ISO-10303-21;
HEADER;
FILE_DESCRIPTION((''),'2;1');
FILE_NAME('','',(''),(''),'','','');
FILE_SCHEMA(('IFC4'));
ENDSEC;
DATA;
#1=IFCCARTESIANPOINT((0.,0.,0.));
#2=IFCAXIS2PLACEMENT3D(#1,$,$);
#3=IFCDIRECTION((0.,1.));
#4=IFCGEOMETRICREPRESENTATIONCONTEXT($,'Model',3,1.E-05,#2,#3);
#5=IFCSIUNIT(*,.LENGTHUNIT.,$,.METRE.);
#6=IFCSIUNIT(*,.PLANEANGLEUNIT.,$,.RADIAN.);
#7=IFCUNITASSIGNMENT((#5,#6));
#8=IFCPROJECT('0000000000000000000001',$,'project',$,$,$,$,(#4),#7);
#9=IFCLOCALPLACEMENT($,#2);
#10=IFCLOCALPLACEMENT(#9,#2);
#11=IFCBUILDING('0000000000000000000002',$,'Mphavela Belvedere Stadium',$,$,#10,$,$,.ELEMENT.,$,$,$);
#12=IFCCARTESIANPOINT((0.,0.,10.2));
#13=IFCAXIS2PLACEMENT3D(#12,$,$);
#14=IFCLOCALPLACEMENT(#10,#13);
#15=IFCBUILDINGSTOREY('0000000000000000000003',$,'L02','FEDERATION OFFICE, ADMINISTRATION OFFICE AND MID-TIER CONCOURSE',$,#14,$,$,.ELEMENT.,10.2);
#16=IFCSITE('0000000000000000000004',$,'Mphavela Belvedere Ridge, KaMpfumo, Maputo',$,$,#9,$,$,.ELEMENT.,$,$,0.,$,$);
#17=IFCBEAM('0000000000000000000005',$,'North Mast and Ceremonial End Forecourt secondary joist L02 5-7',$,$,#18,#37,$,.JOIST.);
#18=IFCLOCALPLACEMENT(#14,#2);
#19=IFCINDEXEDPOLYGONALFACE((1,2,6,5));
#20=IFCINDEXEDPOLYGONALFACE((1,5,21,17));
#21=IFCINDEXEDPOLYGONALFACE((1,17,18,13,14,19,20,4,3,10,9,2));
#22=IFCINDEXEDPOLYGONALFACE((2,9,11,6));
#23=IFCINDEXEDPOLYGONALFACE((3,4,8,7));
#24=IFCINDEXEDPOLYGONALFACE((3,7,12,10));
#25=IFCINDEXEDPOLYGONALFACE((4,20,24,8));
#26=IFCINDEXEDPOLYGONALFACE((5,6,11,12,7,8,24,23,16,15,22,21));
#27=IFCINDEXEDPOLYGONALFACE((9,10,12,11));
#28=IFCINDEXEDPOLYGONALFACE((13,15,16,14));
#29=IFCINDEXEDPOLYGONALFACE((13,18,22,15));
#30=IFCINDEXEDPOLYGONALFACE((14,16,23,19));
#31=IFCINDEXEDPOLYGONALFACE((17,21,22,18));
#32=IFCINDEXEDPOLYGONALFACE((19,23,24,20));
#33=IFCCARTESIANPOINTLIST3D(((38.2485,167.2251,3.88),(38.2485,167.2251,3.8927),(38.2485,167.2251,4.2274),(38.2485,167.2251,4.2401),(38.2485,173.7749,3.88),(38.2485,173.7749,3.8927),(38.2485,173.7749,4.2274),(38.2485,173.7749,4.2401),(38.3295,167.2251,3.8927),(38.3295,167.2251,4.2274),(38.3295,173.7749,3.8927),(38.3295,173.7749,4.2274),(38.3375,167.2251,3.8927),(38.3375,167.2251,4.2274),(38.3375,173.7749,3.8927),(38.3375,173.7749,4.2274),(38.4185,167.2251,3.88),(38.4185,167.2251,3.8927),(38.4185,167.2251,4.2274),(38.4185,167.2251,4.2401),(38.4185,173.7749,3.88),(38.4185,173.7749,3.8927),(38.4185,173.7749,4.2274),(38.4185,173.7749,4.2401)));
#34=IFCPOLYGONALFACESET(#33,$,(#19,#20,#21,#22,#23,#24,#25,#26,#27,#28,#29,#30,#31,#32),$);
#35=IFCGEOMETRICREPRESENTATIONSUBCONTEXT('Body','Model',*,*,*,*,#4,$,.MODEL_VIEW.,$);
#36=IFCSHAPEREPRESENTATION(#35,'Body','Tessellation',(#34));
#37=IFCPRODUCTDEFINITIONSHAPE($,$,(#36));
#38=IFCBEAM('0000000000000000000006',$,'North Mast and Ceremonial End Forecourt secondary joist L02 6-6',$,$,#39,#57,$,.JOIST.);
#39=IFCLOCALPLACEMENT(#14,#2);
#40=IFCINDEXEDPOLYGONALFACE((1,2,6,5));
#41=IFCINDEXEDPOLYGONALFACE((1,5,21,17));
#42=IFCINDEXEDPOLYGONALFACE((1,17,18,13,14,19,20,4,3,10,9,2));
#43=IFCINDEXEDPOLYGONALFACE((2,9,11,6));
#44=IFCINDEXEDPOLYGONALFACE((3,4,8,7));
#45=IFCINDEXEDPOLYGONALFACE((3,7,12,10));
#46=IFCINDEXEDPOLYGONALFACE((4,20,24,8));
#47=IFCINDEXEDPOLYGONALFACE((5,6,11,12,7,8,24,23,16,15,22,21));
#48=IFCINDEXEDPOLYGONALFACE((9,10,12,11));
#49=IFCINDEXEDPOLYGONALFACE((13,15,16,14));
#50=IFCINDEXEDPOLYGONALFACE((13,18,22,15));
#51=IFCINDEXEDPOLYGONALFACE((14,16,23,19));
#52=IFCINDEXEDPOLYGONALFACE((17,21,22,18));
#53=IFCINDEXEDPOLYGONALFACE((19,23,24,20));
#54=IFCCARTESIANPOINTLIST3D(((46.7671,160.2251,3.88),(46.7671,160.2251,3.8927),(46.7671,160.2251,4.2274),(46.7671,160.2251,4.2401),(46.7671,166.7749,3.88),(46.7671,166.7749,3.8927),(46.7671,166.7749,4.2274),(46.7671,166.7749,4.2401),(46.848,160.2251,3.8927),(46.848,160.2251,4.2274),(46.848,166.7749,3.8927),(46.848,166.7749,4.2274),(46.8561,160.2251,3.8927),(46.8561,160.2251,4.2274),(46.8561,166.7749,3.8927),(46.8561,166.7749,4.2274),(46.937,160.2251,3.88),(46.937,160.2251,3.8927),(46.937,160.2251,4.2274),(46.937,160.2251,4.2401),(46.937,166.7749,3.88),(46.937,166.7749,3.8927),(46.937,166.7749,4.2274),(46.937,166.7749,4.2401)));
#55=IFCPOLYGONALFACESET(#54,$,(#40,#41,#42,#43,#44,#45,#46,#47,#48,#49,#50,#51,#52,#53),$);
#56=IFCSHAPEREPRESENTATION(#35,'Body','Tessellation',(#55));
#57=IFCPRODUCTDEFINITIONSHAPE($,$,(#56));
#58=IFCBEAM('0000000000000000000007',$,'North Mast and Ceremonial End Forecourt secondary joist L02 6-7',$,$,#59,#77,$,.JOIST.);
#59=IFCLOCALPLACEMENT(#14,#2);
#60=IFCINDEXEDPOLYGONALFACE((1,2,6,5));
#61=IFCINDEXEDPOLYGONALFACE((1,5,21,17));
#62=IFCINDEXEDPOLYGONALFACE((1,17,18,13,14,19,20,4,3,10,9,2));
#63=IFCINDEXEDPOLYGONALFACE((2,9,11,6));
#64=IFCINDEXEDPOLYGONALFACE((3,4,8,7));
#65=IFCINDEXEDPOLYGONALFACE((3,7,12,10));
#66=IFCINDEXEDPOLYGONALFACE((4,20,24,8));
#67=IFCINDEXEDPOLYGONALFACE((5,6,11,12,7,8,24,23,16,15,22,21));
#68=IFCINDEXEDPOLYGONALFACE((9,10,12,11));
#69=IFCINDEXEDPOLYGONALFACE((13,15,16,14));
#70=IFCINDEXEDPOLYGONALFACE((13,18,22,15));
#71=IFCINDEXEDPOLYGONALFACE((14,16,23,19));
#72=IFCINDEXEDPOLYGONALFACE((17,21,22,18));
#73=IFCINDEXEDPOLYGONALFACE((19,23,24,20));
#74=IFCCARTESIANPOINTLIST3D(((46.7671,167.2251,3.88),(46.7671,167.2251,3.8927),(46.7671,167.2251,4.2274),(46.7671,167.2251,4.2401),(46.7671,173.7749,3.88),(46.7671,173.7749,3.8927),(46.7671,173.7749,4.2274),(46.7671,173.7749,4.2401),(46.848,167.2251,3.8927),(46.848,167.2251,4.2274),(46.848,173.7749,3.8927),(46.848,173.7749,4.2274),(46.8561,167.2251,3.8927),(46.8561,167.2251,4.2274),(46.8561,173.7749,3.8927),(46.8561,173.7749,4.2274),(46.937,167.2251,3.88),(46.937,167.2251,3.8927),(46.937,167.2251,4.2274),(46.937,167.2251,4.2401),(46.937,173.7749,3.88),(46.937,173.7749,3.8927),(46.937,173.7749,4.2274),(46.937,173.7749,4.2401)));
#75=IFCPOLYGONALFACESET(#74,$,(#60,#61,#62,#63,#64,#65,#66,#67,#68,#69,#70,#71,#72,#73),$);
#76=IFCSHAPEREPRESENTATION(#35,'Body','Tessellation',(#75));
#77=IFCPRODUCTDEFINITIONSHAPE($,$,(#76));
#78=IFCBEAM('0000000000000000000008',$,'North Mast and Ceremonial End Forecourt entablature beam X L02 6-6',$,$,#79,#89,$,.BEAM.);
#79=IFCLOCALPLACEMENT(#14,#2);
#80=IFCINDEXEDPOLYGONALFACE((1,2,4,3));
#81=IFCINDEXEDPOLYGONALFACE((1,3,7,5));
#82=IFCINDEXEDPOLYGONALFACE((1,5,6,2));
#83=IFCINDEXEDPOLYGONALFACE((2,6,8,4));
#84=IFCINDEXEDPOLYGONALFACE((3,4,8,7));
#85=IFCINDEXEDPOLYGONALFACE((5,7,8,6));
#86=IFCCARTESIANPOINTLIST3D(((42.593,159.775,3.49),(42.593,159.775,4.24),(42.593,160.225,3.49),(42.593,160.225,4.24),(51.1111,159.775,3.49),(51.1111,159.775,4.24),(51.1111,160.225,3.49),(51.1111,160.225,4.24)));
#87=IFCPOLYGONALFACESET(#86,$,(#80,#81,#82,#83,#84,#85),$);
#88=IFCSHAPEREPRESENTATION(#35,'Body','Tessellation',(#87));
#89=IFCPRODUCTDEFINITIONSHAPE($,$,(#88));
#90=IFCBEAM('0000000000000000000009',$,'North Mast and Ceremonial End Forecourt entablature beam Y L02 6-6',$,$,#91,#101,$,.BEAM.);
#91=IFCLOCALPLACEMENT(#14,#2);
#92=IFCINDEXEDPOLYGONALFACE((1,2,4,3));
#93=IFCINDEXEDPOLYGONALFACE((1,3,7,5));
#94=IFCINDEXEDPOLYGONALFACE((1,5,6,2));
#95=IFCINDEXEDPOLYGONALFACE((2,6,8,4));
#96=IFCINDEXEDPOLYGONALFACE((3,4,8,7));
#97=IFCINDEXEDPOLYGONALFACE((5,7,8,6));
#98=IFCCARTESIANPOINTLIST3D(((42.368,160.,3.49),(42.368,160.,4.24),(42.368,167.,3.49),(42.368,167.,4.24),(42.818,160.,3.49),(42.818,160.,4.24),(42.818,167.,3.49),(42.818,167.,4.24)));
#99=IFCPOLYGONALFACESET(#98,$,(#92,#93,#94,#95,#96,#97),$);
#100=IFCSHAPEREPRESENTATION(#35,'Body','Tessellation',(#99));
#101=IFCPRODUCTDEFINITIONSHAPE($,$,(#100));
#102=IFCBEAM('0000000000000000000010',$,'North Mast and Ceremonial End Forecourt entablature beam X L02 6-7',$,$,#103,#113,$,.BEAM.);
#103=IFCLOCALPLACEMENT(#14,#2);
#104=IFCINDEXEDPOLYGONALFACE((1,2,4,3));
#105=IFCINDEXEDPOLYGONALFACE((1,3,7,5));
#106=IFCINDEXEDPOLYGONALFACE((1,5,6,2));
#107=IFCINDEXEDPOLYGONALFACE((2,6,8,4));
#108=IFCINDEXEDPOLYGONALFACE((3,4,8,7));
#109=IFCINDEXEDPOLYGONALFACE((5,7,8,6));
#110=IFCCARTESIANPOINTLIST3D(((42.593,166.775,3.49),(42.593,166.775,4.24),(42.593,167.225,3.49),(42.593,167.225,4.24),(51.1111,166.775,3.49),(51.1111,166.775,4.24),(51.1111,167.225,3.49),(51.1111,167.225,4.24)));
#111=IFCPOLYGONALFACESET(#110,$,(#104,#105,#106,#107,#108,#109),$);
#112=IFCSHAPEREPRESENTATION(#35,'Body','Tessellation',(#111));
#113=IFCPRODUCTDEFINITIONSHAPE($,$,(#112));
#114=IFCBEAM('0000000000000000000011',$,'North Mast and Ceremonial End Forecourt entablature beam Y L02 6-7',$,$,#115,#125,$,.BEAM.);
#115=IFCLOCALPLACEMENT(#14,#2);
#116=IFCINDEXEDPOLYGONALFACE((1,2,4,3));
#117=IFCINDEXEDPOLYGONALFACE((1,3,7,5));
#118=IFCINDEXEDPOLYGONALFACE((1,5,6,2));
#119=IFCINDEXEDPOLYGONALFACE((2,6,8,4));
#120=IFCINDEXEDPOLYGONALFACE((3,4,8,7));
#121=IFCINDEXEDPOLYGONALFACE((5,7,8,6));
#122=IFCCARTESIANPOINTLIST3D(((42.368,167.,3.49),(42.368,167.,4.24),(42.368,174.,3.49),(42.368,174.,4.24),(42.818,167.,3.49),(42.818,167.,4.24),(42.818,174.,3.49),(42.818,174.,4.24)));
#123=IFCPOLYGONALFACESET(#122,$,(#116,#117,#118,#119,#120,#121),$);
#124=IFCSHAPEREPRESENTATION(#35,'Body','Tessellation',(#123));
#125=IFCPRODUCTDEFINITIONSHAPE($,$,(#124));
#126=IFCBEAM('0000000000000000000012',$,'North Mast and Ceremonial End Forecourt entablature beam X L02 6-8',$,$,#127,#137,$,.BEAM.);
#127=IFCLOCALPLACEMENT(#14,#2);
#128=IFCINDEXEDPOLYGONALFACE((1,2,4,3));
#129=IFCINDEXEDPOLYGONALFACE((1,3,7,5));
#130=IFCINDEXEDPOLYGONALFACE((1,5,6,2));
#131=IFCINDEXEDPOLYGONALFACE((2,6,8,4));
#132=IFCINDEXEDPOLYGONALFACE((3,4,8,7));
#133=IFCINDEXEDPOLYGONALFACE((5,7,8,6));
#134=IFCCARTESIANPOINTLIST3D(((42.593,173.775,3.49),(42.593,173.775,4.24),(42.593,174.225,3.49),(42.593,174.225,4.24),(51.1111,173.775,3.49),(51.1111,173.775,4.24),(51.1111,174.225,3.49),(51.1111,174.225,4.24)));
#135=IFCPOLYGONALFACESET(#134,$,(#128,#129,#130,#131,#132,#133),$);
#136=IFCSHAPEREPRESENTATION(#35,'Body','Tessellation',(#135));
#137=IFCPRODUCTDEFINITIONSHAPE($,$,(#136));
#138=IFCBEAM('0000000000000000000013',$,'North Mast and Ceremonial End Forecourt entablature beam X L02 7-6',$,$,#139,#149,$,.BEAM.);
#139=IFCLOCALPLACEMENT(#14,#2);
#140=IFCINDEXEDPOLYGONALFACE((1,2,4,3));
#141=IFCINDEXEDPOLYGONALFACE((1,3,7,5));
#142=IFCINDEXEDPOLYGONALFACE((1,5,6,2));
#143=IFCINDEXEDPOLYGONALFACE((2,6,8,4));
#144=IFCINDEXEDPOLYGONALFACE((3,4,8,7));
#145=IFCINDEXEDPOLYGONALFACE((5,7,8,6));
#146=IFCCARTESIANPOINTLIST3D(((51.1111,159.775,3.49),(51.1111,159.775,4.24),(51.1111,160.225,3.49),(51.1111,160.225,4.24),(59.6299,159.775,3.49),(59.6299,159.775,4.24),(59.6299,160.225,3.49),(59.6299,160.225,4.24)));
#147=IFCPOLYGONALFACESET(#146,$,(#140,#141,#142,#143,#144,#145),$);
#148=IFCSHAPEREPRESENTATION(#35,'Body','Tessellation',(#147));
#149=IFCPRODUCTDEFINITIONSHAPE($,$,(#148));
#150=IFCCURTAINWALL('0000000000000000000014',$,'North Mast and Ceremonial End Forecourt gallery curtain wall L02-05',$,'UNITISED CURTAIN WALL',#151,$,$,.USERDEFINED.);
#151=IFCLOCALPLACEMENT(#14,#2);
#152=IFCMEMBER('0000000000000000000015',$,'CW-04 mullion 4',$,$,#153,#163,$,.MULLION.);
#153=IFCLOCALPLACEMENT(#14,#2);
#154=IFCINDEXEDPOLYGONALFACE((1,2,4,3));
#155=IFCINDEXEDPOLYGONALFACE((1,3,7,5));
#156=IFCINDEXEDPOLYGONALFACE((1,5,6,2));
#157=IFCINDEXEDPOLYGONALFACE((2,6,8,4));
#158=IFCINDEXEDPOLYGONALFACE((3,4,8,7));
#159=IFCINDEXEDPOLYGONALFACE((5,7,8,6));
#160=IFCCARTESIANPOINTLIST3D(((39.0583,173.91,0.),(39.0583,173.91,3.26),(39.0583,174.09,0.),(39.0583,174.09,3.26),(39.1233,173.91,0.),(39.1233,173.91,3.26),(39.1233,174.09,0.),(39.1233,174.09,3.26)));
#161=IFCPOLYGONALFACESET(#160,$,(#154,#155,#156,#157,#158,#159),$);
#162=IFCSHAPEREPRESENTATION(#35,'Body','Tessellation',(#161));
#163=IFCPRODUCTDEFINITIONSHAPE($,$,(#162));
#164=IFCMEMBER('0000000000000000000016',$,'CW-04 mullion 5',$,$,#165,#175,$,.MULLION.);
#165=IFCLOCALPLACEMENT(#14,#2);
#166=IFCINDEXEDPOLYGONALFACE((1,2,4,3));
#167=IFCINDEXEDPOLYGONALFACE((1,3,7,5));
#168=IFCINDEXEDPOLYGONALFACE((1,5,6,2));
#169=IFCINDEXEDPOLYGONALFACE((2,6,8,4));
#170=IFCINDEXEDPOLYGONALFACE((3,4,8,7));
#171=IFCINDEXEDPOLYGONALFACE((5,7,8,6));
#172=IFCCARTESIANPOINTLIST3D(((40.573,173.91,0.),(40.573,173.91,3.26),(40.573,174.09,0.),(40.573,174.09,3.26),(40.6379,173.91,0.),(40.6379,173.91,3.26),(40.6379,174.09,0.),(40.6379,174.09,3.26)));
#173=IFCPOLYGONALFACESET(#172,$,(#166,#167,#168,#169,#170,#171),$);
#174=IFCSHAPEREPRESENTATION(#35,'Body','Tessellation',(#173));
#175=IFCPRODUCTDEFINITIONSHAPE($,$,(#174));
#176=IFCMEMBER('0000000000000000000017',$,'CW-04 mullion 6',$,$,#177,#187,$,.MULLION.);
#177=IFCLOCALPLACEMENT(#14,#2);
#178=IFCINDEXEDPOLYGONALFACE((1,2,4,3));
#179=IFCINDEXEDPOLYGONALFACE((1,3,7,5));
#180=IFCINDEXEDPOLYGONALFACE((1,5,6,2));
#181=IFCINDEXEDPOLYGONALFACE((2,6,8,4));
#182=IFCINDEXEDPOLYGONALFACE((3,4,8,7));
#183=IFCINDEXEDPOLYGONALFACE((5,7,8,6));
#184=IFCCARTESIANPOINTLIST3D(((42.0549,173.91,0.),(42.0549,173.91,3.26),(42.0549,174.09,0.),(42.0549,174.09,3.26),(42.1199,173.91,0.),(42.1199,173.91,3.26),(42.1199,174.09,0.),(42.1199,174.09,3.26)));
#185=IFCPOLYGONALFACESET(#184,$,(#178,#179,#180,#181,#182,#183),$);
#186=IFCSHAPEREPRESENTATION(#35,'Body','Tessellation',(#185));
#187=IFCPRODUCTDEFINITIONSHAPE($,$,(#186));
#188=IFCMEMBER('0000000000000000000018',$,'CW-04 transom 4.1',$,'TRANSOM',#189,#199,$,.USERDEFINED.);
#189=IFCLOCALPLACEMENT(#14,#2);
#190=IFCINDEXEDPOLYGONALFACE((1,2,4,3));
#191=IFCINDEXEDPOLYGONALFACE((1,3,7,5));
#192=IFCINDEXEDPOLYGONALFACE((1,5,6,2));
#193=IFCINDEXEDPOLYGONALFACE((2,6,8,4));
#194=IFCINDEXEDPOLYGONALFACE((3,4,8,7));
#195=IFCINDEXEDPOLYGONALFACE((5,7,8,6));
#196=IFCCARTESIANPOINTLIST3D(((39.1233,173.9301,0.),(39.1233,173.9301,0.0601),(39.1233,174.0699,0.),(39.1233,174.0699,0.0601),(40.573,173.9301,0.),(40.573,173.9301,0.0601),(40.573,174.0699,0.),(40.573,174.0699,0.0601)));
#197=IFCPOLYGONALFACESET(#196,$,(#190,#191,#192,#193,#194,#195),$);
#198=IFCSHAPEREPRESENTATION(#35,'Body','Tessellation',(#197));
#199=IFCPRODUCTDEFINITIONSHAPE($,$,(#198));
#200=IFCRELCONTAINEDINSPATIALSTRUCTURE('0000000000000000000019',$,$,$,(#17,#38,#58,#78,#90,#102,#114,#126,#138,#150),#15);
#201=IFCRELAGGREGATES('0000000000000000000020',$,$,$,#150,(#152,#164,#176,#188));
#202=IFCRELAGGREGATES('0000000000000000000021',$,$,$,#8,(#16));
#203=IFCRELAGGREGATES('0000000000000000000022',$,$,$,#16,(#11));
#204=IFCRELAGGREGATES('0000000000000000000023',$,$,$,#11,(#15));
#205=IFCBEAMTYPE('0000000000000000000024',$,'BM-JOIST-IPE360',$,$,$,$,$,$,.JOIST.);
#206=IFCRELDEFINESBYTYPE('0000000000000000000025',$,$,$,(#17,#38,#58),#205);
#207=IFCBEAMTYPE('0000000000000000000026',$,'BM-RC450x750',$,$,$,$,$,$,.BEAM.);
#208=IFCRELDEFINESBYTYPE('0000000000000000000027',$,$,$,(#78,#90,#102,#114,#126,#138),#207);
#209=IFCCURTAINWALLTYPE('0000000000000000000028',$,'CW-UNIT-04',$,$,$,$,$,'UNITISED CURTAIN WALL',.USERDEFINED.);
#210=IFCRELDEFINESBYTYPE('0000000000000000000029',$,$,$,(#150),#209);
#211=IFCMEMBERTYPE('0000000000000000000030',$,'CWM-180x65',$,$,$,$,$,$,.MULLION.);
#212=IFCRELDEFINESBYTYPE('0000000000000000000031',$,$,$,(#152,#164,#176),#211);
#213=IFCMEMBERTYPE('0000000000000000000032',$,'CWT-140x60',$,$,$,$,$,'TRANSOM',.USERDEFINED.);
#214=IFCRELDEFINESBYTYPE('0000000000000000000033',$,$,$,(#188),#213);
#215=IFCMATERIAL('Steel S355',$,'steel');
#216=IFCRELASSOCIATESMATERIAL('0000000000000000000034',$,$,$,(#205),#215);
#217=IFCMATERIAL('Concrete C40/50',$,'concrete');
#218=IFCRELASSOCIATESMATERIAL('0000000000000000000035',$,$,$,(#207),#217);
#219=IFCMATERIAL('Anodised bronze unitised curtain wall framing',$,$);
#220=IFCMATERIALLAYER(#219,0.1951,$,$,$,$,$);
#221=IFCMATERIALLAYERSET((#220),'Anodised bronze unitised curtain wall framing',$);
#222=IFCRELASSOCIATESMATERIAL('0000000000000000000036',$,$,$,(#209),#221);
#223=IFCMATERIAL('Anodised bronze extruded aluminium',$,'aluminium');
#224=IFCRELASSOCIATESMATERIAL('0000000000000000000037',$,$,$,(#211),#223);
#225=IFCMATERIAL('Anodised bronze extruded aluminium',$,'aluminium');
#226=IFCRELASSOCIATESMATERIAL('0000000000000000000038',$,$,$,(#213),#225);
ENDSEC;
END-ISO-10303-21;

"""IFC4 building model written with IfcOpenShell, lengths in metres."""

from ifc_helpers import new_model, si_unit, direction, frame, origin, origin_2d, place, context, subcontext, project, spatial, rectangle, i_section, extrude, material, layer, layer_set, material_profile, profile_set, type_object, element, aggregate, save


model = new_model("IFC4")

# Units and contexts
model_context = context("Model", 3, precision=1e-05, world=origin(), true_north=direction((0.0, 1.0)))
body_context = subcontext(model_context, "Body", "Model", "MODEL_VIEW")
ifc_project = project(units=[si_unit("LENGTHUNIT", "METRE"), si_unit("PLANEANGLEUNIT", "RADIAN")], contexts=[model_context])

# Site, building, storey
site_placement = place(None, origin())
site = spatial("IfcSite", under=ifc_project, at=site_placement, Name="Mphavela Belvedere Ridge, KaMpfumo, Maputo", CompositionType="ELEMENT", RefElevation=0.0)
building_placement = place(site_placement, origin())
building = spatial("IfcBuilding", under=site, at=building_placement, Name="Mphavela Belvedere Stadium", CompositionType="ELEMENT")
storey_placement = place(building_placement, frame((0.0, 0.0, 10.2)))
storey = spatial("IfcBuildingStorey", under=building, at=storey_placement, Name="L02", Description="FEDERATION OFFICE, ADMINISTRATION OFFICE AND MID-TIER CONCOURSE", CompositionType="ELEMENT", Elevation=10.2)

# Beams
ifc_material_1 = material(Name="Steel S355", Category="steel")
ifc_material_profile_1 = material_profile(ifc_material_1, i_section(OverallWidth=0.1699, OverallDepth=0.3601, WebThickness=0.0081, FlangeThickness=0.0127, at=origin_2d()), Name="IPE 360")
ifc_profile_set_1 = profile_set([ifc_material_profile_1], Name="Steel S355")
beam_type_1 = type_object("IfcBeamType", Name="BM-JOIST-IPE360", PredefinedType="JOIST", material=ifc_profile_set_1)
for number, where, z_axis, x_axis, name in (
    (1, (38.3335, 167.2251, 4.0601), (0.0, 1.0, 0.0), (-1.0, 0.0, 0.0), "North Mast and Ceremonial End Forecourt secondary joist L02 5-7"),
    (2, (46.8521, 160.2251, 4.0601), (0.0, 1.0, 0.0), (-1.0, 0.0, 0.0), "North Mast and Ceremonial End Forecourt secondary joist L02 6-6"),
    (3, (46.8521, 167.2251, 4.0601), (0.0, 1.0, 0.0), (-1.0, 0.0, 0.0), "North Mast and Ceremonial End Forecourt secondary joist L02 6-7"),
):
    element("IfcBeam", number, at=place(storey_placement, frame(where, z_axis=z_axis, x_axis=x_axis)), inside=storey, type_object=beam_type_1, Name=name, PredefinedType="JOIST", context=body_context, shape_type="SweptSolid", body=[
        extrude(i_section(OverallWidth=0.1699, OverallDepth=0.3601, WebThickness=0.0081, FlangeThickness=0.0127, at=origin_2d()), origin(), (0.0, 0.0, 1.0), 6.5498),
    ])
ifc_material_2 = material(Name="Concrete C40/50", Category="concrete")
ifc_material_profile_2 = material_profile(ifc_material_2, rectangle(XDim=0.45, YDim=0.75, at=origin_2d()), Name="RC 450x750")
ifc_profile_set_2 = profile_set([ifc_material_profile_2], Name="Concrete C40/50")
beam_type_2 = type_object("IfcBeamType", Name="BM-RC450x750", PredefinedType="BEAM", material=ifc_profile_set_2)
beam_1_placement = place(storey_placement, frame((42.593, 160.0, 3.865), z_axis=(1.0, 0.0, 0.0), x_axis=(0.0, 1.0, 0.0)))
element("IfcBeam", 4, at=beam_1_placement, inside=storey, type_object=beam_type_2, Name="North Mast and Ceremonial End Forecourt entablature beam X L02 6-6", PredefinedType="BEAM", context=body_context, shape_type="SweptSolid", body=[
    extrude(rectangle(XDim=0.45, YDim=0.75, at=origin_2d()), origin(), (0.0, 0.0, 1.0), 8.5181),
])
beam_2_placement = place(storey_placement, frame((42.593, 160.0, 3.865), z_axis=(0.0, 1.0, 0.0), x_axis=(-1.0, 0.0, 0.0)))
element("IfcBeam", 5, at=beam_2_placement, inside=storey, type_object=beam_type_2, Name="North Mast and Ceremonial End Forecourt entablature beam Y L02 6-6", PredefinedType="BEAM", context=body_context, shape_type="SweptSolid", body=[
    extrude(rectangle(XDim=0.45, YDim=0.75, at=origin_2d()), origin(), (0.0, 0.0, 1.0), 7.0),
])
beam_3_placement = place(storey_placement, frame((42.593, 167.0, 3.865), z_axis=(1.0, 0.0, 0.0), x_axis=(0.0, 1.0, 0.0)))
element("IfcBeam", 6, at=beam_3_placement, inside=storey, type_object=beam_type_2, Name="North Mast and Ceremonial End Forecourt entablature beam X L02 6-7", PredefinedType="BEAM", context=body_context, shape_type="SweptSolid", body=[
    extrude(rectangle(XDim=0.45, YDim=0.75, at=origin_2d()), origin(), (0.0, 0.0, 1.0), 8.5181),
])
beam_4_placement = place(storey_placement, frame((42.593, 167.0, 3.865), z_axis=(0.0, 1.0, 0.0), x_axis=(-1.0, 0.0, 0.0)))
element("IfcBeam", 7, at=beam_4_placement, inside=storey, type_object=beam_type_2, Name="North Mast and Ceremonial End Forecourt entablature beam Y L02 6-7", PredefinedType="BEAM", context=body_context, shape_type="SweptSolid", body=[
    extrude(rectangle(XDim=0.45, YDim=0.75, at=origin_2d()), origin(), (0.0, 0.0, 1.0), 7.0),
])
beam_5_placement = place(storey_placement, frame((42.593, 174.0, 3.865), z_axis=(1.0, 0.0, 0.0), x_axis=(0.0, 1.0, 0.0)))
element("IfcBeam", 8, at=beam_5_placement, inside=storey, type_object=beam_type_2, Name="North Mast and Ceremonial End Forecourt entablature beam X L02 6-8", PredefinedType="BEAM", context=body_context, shape_type="SweptSolid", body=[
    extrude(rectangle(XDim=0.45, YDim=0.75, at=origin_2d()), origin(), (0.0, 0.0, 1.0), 8.5181),
])
beam_6_placement = place(storey_placement, frame((51.1111, 160.0, 3.865), z_axis=(1.0, 0.0, 0.0), x_axis=(0.0, 1.0, 0.0)))
element("IfcBeam", 9, at=beam_6_placement, inside=storey, type_object=beam_type_2, Name="North Mast and Ceremonial End Forecourt entablature beam X L02 7-6", PredefinedType="BEAM", context=body_context, shape_type="SweptSolid", body=[
    extrude(rectangle(XDim=0.45, YDim=0.75, at=origin_2d()), origin(), (0.0, 0.0, 1.0), 8.5188),
])

# Curtain wall, members
ifc_material_3 = material(Name="Anodised bronze unitised curtain wall framing")
ifc_layer_1 = layer(ifc_material_3, 0.1951)
ifc_layer_set_1 = layer_set([ifc_layer_1], Name="Anodised bronze unitised curtain wall framing")
curtain_wall_type = type_object("IfcCurtainWallType", Name="CW-UNIT-04", ElementType="UNITISED CURTAIN WALL", PredefinedType="USERDEFINED", material=ifc_layer_set_1)
curtain_wall_placement = place(storey_placement, origin())
curtain_wall = element("IfcCurtainWall", 10, at=curtain_wall_placement, inside=storey, type_object=curtain_wall_type, Name="North Mast and Ceremonial End Forecourt gallery curtain wall L02-05", ObjectType="UNITISED CURTAIN WALL", PredefinedType="USERDEFINED")
ifc_material_4 = material(Name="Anodised bronze extruded aluminium", Category="aluminium")
ifc_material_profile_3 = material_profile(ifc_material_4, rectangle(XDim=0.1799, YDim=0.0649, at=origin_2d()), Name="CW-MUL 180x65")
ifc_profile_set_3 = profile_set([ifc_material_profile_3], Name="Anodised bronze extruded aluminium")
member_type_1 = type_object("IfcMemberType", Name="CWM-180x65", PredefinedType="MULLION", material=ifc_profile_set_3)
member_1_placement = place(storey_placement, frame((39.0908, 174.0, 0.0), z_axis=(0.0, 0.0, 1.0), x_axis=(0.0, 1.0, 0.0)))
member_1 = element("IfcMember", 11, at=member_1_placement, type_object=member_type_1, Name="CW-04 mullion 4", PredefinedType="MULLION", context=body_context, shape_type="SweptSolid", body=[
    extrude(rectangle(XDim=0.1799, YDim=0.0649, at=origin_2d()), origin(), (0.0, 0.0, 1.0), 3.26),
])
member_2_placement = place(storey_placement, frame((40.6055, 174.0, 0.0), z_axis=(0.0, 0.0, 1.0), x_axis=(0.0, 1.0, 0.0)))
member_2 = element("IfcMember", 12, at=member_2_placement, type_object=member_type_1, Name="CW-04 mullion 5", PredefinedType="MULLION", context=body_context, shape_type="SweptSolid", body=[
    extrude(rectangle(XDim=0.1799, YDim=0.0649, at=origin_2d()), origin(), (0.0, 0.0, 1.0), 3.26),
])
member_3_placement = place(storey_placement, frame((42.0874, 174.0, 0.0), z_axis=(0.0, 0.0, 1.0), x_axis=(0.0, 1.0, 0.0)))
member_3 = element("IfcMember", 13, at=member_3_placement, type_object=member_type_1, Name="CW-04 mullion 6", PredefinedType="MULLION", context=body_context, shape_type="SweptSolid", body=[
    extrude(rectangle(XDim=0.1799, YDim=0.0649, at=origin_2d()), origin(), (0.0, 0.0, 1.0), 3.26),
])
ifc_material_5 = material(Name="Anodised bronze extruded aluminium", Category="aluminium")
ifc_material_profile_4 = material_profile(ifc_material_5, rectangle(XDim=0.1399, YDim=0.0601, at=origin_2d()), Name="CW-TRN 140x60")
ifc_profile_set_4 = profile_set([ifc_material_profile_4], Name="Anodised bronze extruded aluminium")
member_type_2 = type_object("IfcMemberType", Name="CWT-140x60", ElementType="TRANSOM", PredefinedType="USERDEFINED", material=ifc_profile_set_4)
member_4_placement = place(storey_placement, frame((39.1233, 174.0, 0.03), z_axis=(1.0, 0.0, 0.0), x_axis=(0.0, 1.0, 0.0)))
member_4 = element("IfcMember", 14, at=member_4_placement, type_object=member_type_2, Name="CW-04 transom 4.1", ObjectType="TRANSOM", PredefinedType="USERDEFINED", context=body_context, shape_type="SweptSolid", body=[
    extrude(rectangle(XDim=0.1399, YDim=0.0601, at=origin_2d()), origin(), (0.0, 0.0, 1.0), 1.4497),
])
aggregate(curtain_wall, [member_1, member_2, member_3, member_4])

save(model, "model.ifc")
